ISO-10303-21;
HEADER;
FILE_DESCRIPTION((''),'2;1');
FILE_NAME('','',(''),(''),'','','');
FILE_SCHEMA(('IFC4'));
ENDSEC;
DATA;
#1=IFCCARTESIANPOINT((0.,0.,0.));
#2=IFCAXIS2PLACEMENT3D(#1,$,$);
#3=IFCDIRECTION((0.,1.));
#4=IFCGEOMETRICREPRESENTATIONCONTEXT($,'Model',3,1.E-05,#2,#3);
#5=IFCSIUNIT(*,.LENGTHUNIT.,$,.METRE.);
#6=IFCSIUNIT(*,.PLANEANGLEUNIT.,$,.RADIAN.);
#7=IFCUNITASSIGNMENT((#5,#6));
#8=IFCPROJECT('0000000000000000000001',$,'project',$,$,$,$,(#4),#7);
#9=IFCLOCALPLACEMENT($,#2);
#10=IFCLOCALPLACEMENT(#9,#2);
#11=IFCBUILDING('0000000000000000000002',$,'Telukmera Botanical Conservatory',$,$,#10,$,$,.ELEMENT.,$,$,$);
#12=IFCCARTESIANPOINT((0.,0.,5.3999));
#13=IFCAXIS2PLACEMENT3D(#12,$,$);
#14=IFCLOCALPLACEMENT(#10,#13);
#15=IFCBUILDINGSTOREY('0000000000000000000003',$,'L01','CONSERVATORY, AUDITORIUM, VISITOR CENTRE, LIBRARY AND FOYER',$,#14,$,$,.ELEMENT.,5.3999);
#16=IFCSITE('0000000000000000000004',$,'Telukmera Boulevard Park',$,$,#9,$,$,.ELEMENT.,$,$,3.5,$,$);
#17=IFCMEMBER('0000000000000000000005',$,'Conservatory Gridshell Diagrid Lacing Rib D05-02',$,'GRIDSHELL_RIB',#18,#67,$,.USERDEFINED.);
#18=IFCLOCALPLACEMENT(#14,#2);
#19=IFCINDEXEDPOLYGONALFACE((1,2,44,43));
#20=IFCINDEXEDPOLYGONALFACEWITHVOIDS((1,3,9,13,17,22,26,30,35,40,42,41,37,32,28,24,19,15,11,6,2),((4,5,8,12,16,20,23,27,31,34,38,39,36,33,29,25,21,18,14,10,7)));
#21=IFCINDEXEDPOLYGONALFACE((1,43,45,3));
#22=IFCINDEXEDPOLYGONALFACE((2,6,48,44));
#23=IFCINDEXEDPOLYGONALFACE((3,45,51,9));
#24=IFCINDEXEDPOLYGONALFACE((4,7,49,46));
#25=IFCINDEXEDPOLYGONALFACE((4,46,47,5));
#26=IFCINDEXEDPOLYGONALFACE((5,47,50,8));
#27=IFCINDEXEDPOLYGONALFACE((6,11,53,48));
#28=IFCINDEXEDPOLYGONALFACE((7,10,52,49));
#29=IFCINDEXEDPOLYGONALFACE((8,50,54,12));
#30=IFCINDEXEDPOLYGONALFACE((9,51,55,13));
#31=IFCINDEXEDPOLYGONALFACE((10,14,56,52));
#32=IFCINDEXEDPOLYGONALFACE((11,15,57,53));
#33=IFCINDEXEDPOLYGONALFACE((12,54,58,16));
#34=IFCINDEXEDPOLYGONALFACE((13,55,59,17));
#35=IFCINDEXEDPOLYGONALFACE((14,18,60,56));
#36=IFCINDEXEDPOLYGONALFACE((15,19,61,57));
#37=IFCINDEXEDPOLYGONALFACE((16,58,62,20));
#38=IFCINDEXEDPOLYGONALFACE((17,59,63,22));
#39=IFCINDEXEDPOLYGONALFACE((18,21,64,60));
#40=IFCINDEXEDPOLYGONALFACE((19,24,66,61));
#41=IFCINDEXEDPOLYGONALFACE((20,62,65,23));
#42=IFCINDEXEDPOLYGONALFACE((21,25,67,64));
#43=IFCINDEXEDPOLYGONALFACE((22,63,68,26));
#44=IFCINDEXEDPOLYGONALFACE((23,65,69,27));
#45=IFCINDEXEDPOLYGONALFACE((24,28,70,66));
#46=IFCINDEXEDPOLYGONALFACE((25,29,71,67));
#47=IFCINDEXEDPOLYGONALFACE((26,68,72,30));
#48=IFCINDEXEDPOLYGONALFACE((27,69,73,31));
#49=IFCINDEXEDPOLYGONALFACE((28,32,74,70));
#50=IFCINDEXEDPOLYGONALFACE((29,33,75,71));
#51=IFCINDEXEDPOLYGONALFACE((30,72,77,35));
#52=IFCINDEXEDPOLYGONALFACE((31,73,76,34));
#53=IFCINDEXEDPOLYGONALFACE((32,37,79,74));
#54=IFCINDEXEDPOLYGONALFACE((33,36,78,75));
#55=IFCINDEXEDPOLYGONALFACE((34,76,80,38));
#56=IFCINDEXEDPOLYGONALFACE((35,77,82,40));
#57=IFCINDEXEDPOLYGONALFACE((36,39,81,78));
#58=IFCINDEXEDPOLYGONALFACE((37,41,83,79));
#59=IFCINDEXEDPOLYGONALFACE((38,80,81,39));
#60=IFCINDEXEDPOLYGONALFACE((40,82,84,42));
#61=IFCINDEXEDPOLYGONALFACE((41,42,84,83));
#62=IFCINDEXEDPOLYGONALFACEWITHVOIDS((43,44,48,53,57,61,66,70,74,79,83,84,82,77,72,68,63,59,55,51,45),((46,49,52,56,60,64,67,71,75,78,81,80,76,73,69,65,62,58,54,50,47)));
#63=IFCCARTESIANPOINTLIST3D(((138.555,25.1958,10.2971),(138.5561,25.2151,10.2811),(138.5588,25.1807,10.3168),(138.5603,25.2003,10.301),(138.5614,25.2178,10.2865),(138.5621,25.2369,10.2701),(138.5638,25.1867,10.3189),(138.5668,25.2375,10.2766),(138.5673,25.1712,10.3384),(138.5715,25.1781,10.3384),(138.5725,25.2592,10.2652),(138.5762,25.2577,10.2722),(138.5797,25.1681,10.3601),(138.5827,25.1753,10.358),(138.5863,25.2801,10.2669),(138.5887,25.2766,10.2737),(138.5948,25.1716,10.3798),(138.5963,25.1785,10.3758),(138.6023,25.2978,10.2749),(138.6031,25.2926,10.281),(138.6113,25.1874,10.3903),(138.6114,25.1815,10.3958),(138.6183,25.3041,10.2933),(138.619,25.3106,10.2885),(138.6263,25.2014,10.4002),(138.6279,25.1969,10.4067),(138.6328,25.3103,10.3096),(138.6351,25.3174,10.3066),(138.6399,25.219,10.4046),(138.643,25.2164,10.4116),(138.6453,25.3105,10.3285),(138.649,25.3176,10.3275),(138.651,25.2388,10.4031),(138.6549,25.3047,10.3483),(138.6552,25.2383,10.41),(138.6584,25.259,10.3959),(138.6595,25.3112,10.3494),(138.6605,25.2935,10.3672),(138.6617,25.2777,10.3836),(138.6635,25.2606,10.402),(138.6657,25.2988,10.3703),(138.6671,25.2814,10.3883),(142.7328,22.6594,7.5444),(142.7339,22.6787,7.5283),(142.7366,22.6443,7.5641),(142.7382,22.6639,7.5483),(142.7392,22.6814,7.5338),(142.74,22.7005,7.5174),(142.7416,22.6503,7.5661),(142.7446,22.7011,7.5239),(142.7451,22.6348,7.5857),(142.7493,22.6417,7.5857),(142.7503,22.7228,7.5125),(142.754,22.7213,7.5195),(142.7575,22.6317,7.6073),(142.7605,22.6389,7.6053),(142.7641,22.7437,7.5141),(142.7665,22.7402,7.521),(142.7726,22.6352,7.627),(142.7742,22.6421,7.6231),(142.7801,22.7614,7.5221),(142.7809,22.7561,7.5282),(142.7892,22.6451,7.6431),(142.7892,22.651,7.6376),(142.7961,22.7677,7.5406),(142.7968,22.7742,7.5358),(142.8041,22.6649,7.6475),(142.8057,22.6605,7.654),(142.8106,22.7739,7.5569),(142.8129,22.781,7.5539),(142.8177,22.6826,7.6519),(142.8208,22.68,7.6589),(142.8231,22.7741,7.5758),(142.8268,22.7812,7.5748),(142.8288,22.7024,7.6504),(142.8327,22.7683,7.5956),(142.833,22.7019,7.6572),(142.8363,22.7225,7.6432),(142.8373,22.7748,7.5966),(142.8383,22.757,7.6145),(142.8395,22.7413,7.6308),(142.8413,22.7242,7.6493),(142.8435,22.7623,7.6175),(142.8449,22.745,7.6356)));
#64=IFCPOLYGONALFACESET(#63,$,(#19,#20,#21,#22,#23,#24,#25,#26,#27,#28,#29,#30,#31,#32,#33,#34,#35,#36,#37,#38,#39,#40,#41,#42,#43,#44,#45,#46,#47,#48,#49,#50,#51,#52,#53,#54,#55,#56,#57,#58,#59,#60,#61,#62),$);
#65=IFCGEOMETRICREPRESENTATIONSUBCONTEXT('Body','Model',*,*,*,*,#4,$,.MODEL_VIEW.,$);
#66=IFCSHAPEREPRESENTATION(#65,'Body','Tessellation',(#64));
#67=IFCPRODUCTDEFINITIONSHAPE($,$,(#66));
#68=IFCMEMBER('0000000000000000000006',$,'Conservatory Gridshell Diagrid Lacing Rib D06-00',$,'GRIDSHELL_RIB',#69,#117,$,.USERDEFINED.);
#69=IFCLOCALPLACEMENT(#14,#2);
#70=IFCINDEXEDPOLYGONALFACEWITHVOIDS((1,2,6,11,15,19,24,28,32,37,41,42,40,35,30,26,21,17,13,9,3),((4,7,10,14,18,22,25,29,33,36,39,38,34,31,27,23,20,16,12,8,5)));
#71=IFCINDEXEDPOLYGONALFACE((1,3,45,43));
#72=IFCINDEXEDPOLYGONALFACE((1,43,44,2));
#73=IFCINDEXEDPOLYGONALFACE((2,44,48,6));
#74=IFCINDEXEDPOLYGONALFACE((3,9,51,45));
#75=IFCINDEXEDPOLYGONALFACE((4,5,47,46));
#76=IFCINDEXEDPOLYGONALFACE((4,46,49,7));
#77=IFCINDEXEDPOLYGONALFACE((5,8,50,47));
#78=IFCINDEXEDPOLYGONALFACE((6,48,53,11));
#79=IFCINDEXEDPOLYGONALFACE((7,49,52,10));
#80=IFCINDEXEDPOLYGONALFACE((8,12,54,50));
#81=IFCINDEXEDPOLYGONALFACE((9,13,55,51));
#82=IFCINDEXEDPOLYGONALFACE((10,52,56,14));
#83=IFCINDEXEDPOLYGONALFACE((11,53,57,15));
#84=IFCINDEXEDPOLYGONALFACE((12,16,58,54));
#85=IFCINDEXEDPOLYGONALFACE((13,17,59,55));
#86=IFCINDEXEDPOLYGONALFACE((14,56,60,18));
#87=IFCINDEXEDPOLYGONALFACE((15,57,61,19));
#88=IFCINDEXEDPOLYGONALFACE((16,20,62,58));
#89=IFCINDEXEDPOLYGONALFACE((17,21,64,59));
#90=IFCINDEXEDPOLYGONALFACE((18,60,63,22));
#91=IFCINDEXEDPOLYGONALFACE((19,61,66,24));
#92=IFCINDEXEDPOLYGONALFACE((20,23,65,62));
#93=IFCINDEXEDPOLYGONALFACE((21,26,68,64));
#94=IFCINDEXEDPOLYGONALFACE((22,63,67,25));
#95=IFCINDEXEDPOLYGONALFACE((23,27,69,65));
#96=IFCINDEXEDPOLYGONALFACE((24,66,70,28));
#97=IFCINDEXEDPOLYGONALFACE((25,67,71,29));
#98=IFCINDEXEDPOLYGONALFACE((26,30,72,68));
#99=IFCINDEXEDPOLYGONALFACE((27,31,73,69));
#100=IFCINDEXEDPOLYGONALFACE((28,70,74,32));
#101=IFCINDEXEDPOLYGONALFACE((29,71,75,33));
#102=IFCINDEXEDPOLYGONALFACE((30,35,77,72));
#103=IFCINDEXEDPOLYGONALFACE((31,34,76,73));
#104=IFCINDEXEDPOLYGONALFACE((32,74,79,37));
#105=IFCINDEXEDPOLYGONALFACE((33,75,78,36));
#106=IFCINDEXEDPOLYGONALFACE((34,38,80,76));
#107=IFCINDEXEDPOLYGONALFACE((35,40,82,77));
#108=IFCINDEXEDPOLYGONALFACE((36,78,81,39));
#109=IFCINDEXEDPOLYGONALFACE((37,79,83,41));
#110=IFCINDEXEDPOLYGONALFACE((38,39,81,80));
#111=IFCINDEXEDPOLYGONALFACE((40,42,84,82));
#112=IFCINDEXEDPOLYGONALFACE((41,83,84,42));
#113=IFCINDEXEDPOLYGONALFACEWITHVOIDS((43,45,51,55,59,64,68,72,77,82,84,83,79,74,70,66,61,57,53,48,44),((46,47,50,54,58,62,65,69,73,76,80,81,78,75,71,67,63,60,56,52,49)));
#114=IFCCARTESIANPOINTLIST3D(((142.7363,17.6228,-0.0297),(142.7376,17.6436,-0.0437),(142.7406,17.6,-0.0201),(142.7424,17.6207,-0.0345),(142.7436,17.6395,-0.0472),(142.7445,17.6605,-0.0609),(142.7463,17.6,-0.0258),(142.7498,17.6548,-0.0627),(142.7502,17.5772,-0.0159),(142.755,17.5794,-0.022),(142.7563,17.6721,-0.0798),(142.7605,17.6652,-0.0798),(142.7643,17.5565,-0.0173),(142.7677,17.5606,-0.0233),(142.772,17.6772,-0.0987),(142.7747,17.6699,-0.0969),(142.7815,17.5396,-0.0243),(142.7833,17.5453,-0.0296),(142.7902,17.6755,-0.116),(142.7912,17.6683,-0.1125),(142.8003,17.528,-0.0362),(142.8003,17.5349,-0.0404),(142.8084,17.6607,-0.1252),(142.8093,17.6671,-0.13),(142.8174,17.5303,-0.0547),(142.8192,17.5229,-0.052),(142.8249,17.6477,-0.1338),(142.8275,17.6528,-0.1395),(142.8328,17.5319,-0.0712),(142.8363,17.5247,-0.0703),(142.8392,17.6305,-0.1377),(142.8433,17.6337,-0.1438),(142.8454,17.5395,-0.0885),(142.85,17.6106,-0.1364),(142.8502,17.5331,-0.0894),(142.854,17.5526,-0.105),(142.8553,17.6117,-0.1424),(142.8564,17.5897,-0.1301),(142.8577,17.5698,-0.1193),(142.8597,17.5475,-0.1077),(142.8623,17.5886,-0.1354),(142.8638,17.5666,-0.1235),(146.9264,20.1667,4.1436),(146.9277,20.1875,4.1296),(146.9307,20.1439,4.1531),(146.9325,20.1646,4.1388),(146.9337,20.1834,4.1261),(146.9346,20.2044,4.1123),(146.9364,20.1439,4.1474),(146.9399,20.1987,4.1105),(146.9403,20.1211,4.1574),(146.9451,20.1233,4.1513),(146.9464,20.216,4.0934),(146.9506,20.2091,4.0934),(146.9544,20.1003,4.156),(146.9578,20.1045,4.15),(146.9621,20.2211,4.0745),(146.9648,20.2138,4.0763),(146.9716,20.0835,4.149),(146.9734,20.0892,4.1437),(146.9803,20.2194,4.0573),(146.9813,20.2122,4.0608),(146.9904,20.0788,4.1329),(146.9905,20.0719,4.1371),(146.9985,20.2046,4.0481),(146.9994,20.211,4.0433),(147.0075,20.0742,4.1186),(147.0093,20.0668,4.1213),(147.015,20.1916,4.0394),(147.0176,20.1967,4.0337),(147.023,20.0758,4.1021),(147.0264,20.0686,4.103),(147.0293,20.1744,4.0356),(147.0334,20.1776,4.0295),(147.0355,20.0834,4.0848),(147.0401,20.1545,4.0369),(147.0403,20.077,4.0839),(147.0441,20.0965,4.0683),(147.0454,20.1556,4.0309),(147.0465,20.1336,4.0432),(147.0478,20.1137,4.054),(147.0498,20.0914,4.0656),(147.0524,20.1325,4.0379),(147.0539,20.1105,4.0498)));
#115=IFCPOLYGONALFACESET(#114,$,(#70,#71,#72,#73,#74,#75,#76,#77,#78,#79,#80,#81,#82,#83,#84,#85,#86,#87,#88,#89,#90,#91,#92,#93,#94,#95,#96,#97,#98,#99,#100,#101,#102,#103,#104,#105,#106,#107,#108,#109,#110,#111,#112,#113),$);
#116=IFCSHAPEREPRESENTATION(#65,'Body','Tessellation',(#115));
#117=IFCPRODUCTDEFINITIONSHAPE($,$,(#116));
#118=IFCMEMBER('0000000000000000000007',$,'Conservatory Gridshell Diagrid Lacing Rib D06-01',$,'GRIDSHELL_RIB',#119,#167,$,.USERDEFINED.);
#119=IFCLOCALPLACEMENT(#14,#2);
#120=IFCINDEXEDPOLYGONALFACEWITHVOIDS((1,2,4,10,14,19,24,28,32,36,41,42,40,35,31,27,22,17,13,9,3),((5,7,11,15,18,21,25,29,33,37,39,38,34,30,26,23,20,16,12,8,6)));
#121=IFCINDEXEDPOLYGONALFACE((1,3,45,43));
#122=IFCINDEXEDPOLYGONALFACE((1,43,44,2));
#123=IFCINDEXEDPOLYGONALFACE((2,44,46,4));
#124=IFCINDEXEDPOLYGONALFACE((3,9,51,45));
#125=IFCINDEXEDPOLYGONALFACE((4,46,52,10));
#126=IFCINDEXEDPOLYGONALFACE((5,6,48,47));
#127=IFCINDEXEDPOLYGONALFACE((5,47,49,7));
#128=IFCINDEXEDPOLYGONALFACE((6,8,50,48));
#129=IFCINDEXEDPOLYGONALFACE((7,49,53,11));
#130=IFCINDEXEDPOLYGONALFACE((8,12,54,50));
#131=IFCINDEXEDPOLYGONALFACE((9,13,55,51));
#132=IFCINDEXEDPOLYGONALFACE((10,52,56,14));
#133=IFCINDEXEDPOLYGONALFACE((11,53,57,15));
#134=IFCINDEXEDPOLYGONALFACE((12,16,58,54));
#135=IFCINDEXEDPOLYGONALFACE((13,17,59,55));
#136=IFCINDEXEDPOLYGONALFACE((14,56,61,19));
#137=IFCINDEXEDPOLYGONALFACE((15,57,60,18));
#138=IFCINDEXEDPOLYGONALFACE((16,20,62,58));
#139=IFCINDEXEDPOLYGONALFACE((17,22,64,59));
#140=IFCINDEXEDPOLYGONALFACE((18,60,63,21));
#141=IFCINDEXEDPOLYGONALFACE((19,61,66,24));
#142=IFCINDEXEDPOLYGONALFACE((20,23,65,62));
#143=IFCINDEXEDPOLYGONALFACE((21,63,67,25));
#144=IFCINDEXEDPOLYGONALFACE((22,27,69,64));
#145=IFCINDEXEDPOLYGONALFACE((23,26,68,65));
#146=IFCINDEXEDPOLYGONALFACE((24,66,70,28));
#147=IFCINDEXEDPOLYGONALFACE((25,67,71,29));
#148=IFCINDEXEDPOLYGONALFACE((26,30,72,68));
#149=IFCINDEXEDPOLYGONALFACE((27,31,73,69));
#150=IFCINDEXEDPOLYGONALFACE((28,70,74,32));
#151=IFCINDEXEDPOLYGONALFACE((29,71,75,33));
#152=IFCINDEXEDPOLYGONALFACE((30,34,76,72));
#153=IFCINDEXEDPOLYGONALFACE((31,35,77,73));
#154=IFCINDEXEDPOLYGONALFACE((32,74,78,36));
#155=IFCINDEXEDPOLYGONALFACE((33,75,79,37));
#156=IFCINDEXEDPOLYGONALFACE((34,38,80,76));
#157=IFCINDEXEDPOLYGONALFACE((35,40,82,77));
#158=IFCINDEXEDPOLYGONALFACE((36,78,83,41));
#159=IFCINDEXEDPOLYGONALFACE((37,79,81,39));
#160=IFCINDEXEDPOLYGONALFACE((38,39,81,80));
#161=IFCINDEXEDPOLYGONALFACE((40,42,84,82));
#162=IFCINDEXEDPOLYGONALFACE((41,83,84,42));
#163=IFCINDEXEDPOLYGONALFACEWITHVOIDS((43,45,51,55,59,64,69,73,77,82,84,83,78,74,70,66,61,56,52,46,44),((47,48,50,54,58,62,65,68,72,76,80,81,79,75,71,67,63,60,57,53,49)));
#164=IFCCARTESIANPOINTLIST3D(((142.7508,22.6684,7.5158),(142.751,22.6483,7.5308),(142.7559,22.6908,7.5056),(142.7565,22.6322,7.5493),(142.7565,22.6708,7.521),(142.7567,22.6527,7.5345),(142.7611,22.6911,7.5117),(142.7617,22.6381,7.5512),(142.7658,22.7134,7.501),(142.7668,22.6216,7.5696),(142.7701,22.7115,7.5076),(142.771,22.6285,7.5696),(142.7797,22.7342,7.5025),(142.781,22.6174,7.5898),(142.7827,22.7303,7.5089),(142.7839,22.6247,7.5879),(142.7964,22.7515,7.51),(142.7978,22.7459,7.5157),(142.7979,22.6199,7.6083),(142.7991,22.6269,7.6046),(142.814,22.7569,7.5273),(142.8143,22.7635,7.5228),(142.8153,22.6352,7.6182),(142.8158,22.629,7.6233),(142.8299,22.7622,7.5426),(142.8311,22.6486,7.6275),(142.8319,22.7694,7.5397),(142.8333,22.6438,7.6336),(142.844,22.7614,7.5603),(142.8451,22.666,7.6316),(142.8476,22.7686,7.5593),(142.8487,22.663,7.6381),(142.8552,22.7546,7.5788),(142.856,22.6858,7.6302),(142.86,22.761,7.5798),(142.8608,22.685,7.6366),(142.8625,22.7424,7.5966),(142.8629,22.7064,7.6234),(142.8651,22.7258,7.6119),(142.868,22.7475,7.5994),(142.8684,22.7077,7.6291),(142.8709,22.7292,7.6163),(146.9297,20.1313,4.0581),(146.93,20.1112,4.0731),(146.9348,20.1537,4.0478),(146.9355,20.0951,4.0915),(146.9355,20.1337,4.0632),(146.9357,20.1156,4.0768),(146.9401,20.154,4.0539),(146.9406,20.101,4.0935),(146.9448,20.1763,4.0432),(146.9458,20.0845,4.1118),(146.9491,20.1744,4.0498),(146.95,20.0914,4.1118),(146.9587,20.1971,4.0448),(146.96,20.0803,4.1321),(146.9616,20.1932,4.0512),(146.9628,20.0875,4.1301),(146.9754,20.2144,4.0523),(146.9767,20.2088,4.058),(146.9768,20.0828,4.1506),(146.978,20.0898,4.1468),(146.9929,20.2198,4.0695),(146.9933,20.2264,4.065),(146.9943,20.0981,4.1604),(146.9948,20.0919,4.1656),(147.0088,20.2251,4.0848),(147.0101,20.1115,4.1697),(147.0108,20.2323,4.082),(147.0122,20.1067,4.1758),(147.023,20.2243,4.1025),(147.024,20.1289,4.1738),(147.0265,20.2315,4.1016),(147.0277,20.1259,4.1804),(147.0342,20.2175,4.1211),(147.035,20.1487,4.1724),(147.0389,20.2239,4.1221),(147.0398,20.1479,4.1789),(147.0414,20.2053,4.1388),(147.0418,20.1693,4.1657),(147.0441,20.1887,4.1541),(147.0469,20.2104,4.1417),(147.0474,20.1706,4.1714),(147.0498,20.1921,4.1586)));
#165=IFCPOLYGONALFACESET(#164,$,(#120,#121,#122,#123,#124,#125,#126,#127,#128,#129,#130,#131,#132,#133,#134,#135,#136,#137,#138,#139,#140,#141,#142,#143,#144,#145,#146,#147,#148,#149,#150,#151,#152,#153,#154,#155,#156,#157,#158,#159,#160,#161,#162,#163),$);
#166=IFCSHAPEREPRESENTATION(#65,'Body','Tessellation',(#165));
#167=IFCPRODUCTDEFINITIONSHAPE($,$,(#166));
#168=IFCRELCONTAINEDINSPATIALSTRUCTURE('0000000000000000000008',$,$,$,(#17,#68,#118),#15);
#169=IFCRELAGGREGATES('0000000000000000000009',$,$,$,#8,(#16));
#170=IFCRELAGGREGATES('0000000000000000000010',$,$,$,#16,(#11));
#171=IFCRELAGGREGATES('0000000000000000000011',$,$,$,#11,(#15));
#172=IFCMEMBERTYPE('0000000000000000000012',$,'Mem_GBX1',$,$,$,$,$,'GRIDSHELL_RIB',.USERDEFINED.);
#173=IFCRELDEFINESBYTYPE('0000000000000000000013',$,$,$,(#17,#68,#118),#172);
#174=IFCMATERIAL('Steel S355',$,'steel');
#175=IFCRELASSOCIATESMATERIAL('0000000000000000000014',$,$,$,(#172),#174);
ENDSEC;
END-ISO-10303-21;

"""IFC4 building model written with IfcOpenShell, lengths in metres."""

from ifc_helpers import new_model, si_unit, direction, frame, origin, origin_2d, place, context, subcontext, project, spatial, hollow_circle, extrude, material, material_profile, profile_set, type_object, element, save


model = new_model("IFC4")

# Units and contexts
model_context = context("Model", 3, precision=1e-05, world=origin(), true_north=direction((0.0, 1.0)))
body_context = subcontext(model_context, "Body", "Model", "MODEL_VIEW")
ifc_project = project(units=[si_unit("LENGTHUNIT", "METRE"), si_unit("PLANEANGLEUNIT", "RADIAN")], contexts=[model_context])

# Site, building, storey
site_placement = place(None, origin())
site = spatial("IfcSite", under=ifc_project, at=site_placement, Name="Telukmera Boulevard Park", CompositionType="ELEMENT", RefElevation=3.5)
building_placement = place(site_placement, origin())
building = spatial("IfcBuilding", under=site, at=building_placement, Name="Telukmera Botanical Conservatory", CompositionType="ELEMENT")
storey_placement = place(building_placement, frame((0.0, 0.0, 5.3999)))
storey = spatial("IfcBuildingStorey", under=building, at=storey_placement, Name="L01", Description="CONSERVATORY, AUDITORIUM, VISITOR CENTRE, LIBRARY AND FOYER", CompositionType="ELEMENT", Elevation=5.3999)

# Shared definitions
ifc_material_1 = material(Name="Steel S355", Category="steel")

# Members
ifc_material_profile_1 = material_profile(ifc_material_1, hollow_circle(Radius=0.0842, WallThickness=0.0081, at=origin_2d()), Name="CHS 168.3x8.0")
ifc_profile_set_1 = profile_set([ifc_material_profile_1], Name="Steel S355")
member_type_1 = type_object("IfcMemberType", Name="Mem_GBX1", ElementType="GRIDSHELL_RIB", PredefinedType="USERDEFINED", material=ifc_profile_set_1)
member_1_placement = place(storey_placement, frame((142.7888, 22.7068, 7.5857), z_axis=(-0.744791, 0.452176, 0.490738), x_axis=(-0.518962, -0.854797, 0.0)))
element("IfcMember", 1, at=member_1_placement, inside=storey, type_object=member_type_1, Name="Conservatory Gridshell Diagrid Lacing Rib D05-02", ObjectType="GRIDSHELL_RIB", PredefinedType="USERDEFINED", context=body_context, shape_type="SweptSolid", body=[
    extrude(hollow_circle(Radius=0.0842, WallThickness=0.0081, at=origin_2d()), origin(), (0.0, 0.0, 1.0), 5.6094),
])
member_2_placement = place(storey_placement, frame((142.8, 17.6001, -0.0798), z_axis=(0.650866, 0.395154, 0.648249), x_axis=(-0.518964, 0.854796, 0.0)))
element("IfcMember", 2, at=member_2_placement, inside=storey, type_object=member_type_1, Name="Conservatory Gridshell Diagrid Lacing Rib D06-00", ObjectType="GRIDSHELL_RIB", PredefinedType="USERDEFINED", context=body_context, shape_type="SweptSolid", body=[
    extrude(hollow_circle(Radius=0.0842, WallThickness=0.0081, at=origin_2d()), origin(), (0.0, 0.0, 1.0), 6.4377),
])
member_3_placement = place(storey_placement, frame((146.9895, 20.1565, 4.1118), z_axis=(-0.697883, 0.423696, 0.577444), x_axis=(-0.518961, -0.854798, 0.0)))
element("IfcMember", 3, at=member_3_placement, inside=storey, type_object=member_type_1, Name="Conservatory Gridshell Diagrid Lacing Rib D06-01", ObjectType="GRIDSHELL_RIB", PredefinedType="USERDEFINED", context=body_context, shape_type="SweptSolid", body=[
    extrude(hollow_circle(Radius=0.0842, WallThickness=0.0081, at=origin_2d()), origin(), (0.0, 0.0, 1.0), 5.988),
])

save(model, "model.ifc")
